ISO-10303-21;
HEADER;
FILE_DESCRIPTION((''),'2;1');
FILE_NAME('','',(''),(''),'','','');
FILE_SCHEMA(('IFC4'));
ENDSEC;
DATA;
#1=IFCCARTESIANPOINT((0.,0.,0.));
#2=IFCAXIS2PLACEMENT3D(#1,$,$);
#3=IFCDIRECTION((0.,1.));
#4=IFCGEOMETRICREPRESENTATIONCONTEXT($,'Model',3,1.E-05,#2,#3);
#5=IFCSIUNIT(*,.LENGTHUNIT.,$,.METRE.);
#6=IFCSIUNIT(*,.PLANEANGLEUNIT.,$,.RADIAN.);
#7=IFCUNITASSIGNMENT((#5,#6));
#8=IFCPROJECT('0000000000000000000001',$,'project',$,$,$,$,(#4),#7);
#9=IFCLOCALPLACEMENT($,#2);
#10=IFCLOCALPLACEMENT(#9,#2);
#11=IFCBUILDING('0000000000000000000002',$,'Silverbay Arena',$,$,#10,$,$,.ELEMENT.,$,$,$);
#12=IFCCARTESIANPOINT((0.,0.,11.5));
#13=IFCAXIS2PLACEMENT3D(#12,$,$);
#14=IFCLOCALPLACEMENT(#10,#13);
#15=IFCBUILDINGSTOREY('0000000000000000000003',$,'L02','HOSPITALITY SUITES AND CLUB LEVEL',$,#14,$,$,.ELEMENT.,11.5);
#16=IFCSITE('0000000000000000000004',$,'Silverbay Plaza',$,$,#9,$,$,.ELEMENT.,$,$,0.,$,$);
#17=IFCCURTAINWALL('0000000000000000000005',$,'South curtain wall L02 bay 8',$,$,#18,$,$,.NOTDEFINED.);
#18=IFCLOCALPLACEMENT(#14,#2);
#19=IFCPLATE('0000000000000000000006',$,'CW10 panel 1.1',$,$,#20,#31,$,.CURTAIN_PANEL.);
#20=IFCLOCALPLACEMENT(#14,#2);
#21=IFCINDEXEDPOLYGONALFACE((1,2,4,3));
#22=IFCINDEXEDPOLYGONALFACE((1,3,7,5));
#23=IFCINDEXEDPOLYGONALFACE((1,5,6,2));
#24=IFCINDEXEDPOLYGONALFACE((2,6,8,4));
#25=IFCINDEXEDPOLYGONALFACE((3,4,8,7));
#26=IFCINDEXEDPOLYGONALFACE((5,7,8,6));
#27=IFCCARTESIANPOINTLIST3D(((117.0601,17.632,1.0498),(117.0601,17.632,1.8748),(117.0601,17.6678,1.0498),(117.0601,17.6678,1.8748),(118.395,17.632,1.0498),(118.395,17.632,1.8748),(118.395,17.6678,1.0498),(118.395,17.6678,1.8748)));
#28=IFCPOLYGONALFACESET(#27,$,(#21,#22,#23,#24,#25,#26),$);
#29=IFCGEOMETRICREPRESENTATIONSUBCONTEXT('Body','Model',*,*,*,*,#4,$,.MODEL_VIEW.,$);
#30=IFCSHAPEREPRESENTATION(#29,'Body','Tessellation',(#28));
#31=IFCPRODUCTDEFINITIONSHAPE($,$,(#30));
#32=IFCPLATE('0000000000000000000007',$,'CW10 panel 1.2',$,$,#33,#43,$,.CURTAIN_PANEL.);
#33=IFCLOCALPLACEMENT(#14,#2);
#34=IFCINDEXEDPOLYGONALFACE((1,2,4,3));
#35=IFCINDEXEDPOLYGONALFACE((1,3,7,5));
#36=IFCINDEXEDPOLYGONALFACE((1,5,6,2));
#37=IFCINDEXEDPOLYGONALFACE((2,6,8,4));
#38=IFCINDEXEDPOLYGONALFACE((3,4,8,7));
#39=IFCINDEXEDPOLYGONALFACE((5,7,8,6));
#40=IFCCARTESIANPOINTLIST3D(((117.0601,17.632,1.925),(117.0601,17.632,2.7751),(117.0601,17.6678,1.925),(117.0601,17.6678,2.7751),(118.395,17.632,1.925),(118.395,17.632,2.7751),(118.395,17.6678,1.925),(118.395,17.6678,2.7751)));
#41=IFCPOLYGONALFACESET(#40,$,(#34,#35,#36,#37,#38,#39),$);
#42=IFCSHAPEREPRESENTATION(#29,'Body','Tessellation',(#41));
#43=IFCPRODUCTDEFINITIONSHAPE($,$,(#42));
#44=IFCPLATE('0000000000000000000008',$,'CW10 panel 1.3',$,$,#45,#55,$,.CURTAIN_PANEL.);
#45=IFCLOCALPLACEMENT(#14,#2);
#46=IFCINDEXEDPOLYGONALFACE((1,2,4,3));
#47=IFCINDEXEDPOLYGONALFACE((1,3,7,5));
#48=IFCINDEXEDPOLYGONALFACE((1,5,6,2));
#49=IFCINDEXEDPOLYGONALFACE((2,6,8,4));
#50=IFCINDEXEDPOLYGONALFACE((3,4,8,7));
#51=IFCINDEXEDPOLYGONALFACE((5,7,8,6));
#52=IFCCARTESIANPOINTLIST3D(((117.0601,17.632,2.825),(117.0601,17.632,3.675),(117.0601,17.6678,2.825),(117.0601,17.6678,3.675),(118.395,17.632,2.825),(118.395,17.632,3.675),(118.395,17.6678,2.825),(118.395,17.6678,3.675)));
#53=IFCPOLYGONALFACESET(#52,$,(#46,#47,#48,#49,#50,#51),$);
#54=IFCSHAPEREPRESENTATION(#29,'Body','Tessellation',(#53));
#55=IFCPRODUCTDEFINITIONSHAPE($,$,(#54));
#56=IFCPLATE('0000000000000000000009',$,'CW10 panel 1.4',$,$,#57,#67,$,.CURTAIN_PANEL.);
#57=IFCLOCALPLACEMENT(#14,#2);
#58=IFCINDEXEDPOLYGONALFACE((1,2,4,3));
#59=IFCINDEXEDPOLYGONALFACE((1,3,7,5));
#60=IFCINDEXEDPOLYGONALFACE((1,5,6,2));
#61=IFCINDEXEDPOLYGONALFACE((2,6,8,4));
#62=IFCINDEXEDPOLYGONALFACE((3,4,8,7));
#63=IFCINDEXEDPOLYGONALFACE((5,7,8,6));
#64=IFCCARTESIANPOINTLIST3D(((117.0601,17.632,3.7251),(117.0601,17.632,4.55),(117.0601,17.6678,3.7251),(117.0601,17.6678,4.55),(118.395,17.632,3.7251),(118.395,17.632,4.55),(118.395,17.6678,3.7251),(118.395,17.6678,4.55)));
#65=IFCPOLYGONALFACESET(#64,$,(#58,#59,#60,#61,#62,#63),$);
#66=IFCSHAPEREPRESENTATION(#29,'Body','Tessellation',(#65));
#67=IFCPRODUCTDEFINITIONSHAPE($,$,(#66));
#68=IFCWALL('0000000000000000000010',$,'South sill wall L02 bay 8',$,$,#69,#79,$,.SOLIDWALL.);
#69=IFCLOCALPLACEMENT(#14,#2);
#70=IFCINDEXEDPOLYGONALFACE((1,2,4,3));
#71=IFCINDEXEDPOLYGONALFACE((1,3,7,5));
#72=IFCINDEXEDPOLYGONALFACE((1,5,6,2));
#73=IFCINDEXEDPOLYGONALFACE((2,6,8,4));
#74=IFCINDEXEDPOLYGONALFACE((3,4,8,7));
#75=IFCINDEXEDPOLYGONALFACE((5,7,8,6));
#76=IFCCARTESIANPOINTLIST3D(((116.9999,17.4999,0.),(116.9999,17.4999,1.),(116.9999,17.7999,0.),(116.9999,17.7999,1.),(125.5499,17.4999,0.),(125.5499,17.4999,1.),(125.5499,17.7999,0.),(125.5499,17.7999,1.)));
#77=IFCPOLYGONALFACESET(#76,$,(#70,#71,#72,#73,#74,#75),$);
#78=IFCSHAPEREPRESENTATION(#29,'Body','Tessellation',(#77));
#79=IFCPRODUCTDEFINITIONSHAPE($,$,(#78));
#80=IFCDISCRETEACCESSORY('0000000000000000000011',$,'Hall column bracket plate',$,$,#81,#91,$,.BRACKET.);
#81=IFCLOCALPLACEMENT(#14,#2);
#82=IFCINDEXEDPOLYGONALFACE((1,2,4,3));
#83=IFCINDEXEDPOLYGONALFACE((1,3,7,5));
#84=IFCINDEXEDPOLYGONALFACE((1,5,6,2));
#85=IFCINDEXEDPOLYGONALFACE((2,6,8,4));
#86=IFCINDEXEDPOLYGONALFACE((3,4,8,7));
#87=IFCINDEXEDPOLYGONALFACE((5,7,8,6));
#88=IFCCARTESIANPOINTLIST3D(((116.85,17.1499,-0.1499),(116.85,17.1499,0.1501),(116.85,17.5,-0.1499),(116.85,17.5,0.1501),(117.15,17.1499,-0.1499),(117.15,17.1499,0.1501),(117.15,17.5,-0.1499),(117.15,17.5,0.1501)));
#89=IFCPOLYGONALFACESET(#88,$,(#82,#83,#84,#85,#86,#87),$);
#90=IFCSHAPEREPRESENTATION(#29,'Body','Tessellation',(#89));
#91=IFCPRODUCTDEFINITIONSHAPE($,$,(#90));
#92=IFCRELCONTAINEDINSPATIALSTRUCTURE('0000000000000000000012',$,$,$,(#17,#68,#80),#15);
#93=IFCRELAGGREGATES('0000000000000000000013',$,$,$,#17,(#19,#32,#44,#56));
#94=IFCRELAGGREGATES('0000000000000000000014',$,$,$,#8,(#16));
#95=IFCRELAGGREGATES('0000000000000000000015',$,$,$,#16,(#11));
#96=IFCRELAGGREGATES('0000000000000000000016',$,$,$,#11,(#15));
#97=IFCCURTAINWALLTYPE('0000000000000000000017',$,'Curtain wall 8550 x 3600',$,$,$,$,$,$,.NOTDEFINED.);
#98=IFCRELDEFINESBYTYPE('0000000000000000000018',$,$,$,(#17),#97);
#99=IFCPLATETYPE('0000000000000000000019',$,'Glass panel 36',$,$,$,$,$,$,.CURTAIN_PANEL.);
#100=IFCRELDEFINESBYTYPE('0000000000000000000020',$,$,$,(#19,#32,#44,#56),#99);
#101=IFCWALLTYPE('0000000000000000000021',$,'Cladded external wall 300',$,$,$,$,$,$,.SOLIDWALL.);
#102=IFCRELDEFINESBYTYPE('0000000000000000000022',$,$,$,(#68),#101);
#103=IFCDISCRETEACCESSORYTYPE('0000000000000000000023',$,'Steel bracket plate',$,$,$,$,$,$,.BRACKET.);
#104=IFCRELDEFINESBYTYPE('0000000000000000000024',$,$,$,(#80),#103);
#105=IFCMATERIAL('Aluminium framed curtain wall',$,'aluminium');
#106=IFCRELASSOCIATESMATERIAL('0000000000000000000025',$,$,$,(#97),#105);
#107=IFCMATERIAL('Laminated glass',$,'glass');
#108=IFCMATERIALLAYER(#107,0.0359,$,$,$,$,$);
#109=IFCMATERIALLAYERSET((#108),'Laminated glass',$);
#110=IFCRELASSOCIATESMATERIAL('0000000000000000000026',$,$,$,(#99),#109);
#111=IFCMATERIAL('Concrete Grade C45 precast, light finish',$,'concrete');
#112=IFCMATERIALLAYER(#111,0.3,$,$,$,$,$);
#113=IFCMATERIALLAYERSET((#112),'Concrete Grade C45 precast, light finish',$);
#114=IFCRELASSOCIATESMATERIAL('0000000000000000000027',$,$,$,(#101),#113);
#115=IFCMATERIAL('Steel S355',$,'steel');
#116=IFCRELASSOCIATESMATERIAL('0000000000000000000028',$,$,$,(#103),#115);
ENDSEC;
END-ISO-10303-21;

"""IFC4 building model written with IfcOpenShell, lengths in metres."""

from ifc_helpers import new_model, si_unit, direction, frame, frame_2d, origin, origin_2d, place, context, subcontext, project, spatial, rectangle, extrude, material, layer, layer_set, type_object, element, aggregate, save


model = new_model("IFC4")

# Units and contexts
model_context = context("Model", 3, precision=1e-05, world=origin(), true_north=direction((0.0, 1.0)))
body_context = subcontext(model_context, "Body", "Model", "MODEL_VIEW")
ifc_project = project(units=[si_unit("LENGTHUNIT", "METRE"), si_unit("PLANEANGLEUNIT", "RADIAN")], contexts=[model_context])

# Site, building, storey
site_placement = place(None, origin())
site = spatial("IfcSite", under=ifc_project, at=site_placement, Name="Silverbay Plaza", CompositionType="ELEMENT", RefElevation=0.0)
building_placement = place(site_placement, origin())
building = spatial("IfcBuilding", under=site, at=building_placement, Name="Silverbay Arena", CompositionType="ELEMENT")
storey_placement = place(building_placement, frame((0.0, 0.0, 11.5)))
storey = spatial("IfcBuildingStorey", under=building, at=storey_placement, Name="L02", Description="HOSPITALITY SUITES AND CLUB LEVEL", CompositionType="ELEMENT", Elevation=11.5)

# Curtain wall
ifc_material_1 = material(Name="Aluminium framed curtain wall", Category="aluminium")
curtain_wall_type_1 = type_object("IfcCurtainWallType", Name="Curtain wall 8550 x 3600", PredefinedType="NOTDEFINED", material=ifc_material_1)
curtain_wall_1_placement = place(storey_placement, origin())
curtain_wall_1 = element("IfcCurtainWall", 1, at=curtain_wall_1_placement, inside=storey, type_object=curtain_wall_type_1, Name="South curtain wall L02 bay 8", PredefinedType="NOTDEFINED")

# Plates
ifc_material_2 = material(Name="Laminated glass", Category="glass")
ifc_layer_1 = layer(ifc_material_2, 0.0359)
ifc_layer_set_1 = layer_set([ifc_layer_1], Name="Laminated glass")
plate_type_1 = type_object("IfcPlateType", Name="Glass panel 36", PredefinedType="CURTAIN_PANEL", material=ifc_layer_set_1)
plate_1_placement = place(storey_placement, frame((117.7275, 17.6499, 1.0498), z_axis=(0.0, 0.0, 1.0), x_axis=(1.0, 0.0, 0.0)))
plate_1 = element("IfcPlate", 2, at=plate_1_placement, type_object=plate_type_1, Name="CW10 panel 1.1", PredefinedType="CURTAIN_PANEL", context=body_context, shape_type="SweptSolid", body=[
    extrude(rectangle(XDim=1.335, YDim=0.0359, at=origin_2d()), origin(), (0.0, 0.0, 1.0), 0.825),
])
plate_2_placement = place(storey_placement, frame((117.7275, 17.6499, 1.925), z_axis=(0.0, 0.0, 1.0), x_axis=(1.0, 0.0, 0.0)))
plate_2 = element("IfcPlate", 3, at=plate_2_placement, type_object=plate_type_1, Name="CW10 panel 1.2", PredefinedType="CURTAIN_PANEL", context=body_context, shape_type="SweptSolid", body=[
    extrude(rectangle(XDim=1.335, YDim=0.0359, at=origin_2d()), origin(), (0.0, 0.0, 1.0), 0.8501),
])
plate_3_placement = place(storey_placement, frame((117.7275, 17.6499, 2.825), z_axis=(0.0, 0.0, 1.0), x_axis=(1.0, 0.0, 0.0)))
plate_3 = element("IfcPlate", 4, at=plate_3_placement, type_object=plate_type_1, Name="CW10 panel 1.3", PredefinedType="CURTAIN_PANEL", context=body_context, shape_type="SweptSolid", body=[
    extrude(rectangle(XDim=1.335, YDim=0.0359, at=origin_2d()), origin(), (0.0, 0.0, 1.0), 0.8501),
])
plate_4_placement = place(storey_placement, frame((117.7275, 17.6499, 3.7251), z_axis=(0.0, 0.0, 1.0), x_axis=(1.0, 0.0, 0.0)))
plate_4 = element("IfcPlate", 5, at=plate_4_placement, type_object=plate_type_1, Name="CW10 panel 1.4", PredefinedType="CURTAIN_PANEL", context=body_context, shape_type="SweptSolid", body=[
    extrude(rectangle(XDim=1.335, YDim=0.0359, at=origin_2d()), origin(), (0.0, 0.0, 1.0), 0.825),
])
aggregate(curtain_wall_1, [plate_1, plate_2, plate_3, plate_4])

# Wall
ifc_material_3 = material(Name="Concrete Grade C45 precast, light finish", Category="concrete")
ifc_layer_2 = layer(ifc_material_3, 0.3)
ifc_layer_set_2 = layer_set([ifc_layer_2], Name="Concrete Grade C45 precast, light finish")
wall_type = type_object("IfcWallType", Name="Cladded external wall 300", PredefinedType="SOLIDWALL", material=ifc_layer_set_2)
wall_placement = place(storey_placement, frame((117.0, 17.6499, 0.0), z_axis=(0.0, 0.0, 1.0), x_axis=(1.0, 0.0, 0.0)))
element("IfcWall", 6, at=wall_placement, inside=storey, type_object=wall_type, Name="South sill wall L02 bay 8", PredefinedType="SOLIDWALL", context=body_context, shape_type="SweptSolid", body=[
    extrude(rectangle(XDim=8.55, YDim=0.3, at=frame_2d((4.2749, 0.0))), origin(), (0.0, 0.0, 1.0), 1.0),
])

# Discrete accessory
ifc_material_4 = material(Name="Steel S355", Category="steel")
discrete_accessory_type = type_object("IfcDiscreteAccessoryType", Name="Steel bracket plate", PredefinedType="BRACKET", material=ifc_material_4)
discrete_accessory_placement = place(storey_placement, frame((117.0, 17.325, -0.1499), z_axis=(0.0, 0.0, 1.0), x_axis=(1.0, 0.0, 0.0)))
element("IfcDiscreteAccessory", 7, at=discrete_accessory_placement, inside=storey, type_object=discrete_accessory_type, Name="Hall column bracket plate", PredefinedType="BRACKET", context=body_context, shape_type="SweptSolid", body=[
    extrude(rectangle(XDim=0.3, YDim=0.3501, at=origin_2d()), origin(), (0.0, 0.0, 1.0), 0.3),
])

save(model, "model.ifc")
